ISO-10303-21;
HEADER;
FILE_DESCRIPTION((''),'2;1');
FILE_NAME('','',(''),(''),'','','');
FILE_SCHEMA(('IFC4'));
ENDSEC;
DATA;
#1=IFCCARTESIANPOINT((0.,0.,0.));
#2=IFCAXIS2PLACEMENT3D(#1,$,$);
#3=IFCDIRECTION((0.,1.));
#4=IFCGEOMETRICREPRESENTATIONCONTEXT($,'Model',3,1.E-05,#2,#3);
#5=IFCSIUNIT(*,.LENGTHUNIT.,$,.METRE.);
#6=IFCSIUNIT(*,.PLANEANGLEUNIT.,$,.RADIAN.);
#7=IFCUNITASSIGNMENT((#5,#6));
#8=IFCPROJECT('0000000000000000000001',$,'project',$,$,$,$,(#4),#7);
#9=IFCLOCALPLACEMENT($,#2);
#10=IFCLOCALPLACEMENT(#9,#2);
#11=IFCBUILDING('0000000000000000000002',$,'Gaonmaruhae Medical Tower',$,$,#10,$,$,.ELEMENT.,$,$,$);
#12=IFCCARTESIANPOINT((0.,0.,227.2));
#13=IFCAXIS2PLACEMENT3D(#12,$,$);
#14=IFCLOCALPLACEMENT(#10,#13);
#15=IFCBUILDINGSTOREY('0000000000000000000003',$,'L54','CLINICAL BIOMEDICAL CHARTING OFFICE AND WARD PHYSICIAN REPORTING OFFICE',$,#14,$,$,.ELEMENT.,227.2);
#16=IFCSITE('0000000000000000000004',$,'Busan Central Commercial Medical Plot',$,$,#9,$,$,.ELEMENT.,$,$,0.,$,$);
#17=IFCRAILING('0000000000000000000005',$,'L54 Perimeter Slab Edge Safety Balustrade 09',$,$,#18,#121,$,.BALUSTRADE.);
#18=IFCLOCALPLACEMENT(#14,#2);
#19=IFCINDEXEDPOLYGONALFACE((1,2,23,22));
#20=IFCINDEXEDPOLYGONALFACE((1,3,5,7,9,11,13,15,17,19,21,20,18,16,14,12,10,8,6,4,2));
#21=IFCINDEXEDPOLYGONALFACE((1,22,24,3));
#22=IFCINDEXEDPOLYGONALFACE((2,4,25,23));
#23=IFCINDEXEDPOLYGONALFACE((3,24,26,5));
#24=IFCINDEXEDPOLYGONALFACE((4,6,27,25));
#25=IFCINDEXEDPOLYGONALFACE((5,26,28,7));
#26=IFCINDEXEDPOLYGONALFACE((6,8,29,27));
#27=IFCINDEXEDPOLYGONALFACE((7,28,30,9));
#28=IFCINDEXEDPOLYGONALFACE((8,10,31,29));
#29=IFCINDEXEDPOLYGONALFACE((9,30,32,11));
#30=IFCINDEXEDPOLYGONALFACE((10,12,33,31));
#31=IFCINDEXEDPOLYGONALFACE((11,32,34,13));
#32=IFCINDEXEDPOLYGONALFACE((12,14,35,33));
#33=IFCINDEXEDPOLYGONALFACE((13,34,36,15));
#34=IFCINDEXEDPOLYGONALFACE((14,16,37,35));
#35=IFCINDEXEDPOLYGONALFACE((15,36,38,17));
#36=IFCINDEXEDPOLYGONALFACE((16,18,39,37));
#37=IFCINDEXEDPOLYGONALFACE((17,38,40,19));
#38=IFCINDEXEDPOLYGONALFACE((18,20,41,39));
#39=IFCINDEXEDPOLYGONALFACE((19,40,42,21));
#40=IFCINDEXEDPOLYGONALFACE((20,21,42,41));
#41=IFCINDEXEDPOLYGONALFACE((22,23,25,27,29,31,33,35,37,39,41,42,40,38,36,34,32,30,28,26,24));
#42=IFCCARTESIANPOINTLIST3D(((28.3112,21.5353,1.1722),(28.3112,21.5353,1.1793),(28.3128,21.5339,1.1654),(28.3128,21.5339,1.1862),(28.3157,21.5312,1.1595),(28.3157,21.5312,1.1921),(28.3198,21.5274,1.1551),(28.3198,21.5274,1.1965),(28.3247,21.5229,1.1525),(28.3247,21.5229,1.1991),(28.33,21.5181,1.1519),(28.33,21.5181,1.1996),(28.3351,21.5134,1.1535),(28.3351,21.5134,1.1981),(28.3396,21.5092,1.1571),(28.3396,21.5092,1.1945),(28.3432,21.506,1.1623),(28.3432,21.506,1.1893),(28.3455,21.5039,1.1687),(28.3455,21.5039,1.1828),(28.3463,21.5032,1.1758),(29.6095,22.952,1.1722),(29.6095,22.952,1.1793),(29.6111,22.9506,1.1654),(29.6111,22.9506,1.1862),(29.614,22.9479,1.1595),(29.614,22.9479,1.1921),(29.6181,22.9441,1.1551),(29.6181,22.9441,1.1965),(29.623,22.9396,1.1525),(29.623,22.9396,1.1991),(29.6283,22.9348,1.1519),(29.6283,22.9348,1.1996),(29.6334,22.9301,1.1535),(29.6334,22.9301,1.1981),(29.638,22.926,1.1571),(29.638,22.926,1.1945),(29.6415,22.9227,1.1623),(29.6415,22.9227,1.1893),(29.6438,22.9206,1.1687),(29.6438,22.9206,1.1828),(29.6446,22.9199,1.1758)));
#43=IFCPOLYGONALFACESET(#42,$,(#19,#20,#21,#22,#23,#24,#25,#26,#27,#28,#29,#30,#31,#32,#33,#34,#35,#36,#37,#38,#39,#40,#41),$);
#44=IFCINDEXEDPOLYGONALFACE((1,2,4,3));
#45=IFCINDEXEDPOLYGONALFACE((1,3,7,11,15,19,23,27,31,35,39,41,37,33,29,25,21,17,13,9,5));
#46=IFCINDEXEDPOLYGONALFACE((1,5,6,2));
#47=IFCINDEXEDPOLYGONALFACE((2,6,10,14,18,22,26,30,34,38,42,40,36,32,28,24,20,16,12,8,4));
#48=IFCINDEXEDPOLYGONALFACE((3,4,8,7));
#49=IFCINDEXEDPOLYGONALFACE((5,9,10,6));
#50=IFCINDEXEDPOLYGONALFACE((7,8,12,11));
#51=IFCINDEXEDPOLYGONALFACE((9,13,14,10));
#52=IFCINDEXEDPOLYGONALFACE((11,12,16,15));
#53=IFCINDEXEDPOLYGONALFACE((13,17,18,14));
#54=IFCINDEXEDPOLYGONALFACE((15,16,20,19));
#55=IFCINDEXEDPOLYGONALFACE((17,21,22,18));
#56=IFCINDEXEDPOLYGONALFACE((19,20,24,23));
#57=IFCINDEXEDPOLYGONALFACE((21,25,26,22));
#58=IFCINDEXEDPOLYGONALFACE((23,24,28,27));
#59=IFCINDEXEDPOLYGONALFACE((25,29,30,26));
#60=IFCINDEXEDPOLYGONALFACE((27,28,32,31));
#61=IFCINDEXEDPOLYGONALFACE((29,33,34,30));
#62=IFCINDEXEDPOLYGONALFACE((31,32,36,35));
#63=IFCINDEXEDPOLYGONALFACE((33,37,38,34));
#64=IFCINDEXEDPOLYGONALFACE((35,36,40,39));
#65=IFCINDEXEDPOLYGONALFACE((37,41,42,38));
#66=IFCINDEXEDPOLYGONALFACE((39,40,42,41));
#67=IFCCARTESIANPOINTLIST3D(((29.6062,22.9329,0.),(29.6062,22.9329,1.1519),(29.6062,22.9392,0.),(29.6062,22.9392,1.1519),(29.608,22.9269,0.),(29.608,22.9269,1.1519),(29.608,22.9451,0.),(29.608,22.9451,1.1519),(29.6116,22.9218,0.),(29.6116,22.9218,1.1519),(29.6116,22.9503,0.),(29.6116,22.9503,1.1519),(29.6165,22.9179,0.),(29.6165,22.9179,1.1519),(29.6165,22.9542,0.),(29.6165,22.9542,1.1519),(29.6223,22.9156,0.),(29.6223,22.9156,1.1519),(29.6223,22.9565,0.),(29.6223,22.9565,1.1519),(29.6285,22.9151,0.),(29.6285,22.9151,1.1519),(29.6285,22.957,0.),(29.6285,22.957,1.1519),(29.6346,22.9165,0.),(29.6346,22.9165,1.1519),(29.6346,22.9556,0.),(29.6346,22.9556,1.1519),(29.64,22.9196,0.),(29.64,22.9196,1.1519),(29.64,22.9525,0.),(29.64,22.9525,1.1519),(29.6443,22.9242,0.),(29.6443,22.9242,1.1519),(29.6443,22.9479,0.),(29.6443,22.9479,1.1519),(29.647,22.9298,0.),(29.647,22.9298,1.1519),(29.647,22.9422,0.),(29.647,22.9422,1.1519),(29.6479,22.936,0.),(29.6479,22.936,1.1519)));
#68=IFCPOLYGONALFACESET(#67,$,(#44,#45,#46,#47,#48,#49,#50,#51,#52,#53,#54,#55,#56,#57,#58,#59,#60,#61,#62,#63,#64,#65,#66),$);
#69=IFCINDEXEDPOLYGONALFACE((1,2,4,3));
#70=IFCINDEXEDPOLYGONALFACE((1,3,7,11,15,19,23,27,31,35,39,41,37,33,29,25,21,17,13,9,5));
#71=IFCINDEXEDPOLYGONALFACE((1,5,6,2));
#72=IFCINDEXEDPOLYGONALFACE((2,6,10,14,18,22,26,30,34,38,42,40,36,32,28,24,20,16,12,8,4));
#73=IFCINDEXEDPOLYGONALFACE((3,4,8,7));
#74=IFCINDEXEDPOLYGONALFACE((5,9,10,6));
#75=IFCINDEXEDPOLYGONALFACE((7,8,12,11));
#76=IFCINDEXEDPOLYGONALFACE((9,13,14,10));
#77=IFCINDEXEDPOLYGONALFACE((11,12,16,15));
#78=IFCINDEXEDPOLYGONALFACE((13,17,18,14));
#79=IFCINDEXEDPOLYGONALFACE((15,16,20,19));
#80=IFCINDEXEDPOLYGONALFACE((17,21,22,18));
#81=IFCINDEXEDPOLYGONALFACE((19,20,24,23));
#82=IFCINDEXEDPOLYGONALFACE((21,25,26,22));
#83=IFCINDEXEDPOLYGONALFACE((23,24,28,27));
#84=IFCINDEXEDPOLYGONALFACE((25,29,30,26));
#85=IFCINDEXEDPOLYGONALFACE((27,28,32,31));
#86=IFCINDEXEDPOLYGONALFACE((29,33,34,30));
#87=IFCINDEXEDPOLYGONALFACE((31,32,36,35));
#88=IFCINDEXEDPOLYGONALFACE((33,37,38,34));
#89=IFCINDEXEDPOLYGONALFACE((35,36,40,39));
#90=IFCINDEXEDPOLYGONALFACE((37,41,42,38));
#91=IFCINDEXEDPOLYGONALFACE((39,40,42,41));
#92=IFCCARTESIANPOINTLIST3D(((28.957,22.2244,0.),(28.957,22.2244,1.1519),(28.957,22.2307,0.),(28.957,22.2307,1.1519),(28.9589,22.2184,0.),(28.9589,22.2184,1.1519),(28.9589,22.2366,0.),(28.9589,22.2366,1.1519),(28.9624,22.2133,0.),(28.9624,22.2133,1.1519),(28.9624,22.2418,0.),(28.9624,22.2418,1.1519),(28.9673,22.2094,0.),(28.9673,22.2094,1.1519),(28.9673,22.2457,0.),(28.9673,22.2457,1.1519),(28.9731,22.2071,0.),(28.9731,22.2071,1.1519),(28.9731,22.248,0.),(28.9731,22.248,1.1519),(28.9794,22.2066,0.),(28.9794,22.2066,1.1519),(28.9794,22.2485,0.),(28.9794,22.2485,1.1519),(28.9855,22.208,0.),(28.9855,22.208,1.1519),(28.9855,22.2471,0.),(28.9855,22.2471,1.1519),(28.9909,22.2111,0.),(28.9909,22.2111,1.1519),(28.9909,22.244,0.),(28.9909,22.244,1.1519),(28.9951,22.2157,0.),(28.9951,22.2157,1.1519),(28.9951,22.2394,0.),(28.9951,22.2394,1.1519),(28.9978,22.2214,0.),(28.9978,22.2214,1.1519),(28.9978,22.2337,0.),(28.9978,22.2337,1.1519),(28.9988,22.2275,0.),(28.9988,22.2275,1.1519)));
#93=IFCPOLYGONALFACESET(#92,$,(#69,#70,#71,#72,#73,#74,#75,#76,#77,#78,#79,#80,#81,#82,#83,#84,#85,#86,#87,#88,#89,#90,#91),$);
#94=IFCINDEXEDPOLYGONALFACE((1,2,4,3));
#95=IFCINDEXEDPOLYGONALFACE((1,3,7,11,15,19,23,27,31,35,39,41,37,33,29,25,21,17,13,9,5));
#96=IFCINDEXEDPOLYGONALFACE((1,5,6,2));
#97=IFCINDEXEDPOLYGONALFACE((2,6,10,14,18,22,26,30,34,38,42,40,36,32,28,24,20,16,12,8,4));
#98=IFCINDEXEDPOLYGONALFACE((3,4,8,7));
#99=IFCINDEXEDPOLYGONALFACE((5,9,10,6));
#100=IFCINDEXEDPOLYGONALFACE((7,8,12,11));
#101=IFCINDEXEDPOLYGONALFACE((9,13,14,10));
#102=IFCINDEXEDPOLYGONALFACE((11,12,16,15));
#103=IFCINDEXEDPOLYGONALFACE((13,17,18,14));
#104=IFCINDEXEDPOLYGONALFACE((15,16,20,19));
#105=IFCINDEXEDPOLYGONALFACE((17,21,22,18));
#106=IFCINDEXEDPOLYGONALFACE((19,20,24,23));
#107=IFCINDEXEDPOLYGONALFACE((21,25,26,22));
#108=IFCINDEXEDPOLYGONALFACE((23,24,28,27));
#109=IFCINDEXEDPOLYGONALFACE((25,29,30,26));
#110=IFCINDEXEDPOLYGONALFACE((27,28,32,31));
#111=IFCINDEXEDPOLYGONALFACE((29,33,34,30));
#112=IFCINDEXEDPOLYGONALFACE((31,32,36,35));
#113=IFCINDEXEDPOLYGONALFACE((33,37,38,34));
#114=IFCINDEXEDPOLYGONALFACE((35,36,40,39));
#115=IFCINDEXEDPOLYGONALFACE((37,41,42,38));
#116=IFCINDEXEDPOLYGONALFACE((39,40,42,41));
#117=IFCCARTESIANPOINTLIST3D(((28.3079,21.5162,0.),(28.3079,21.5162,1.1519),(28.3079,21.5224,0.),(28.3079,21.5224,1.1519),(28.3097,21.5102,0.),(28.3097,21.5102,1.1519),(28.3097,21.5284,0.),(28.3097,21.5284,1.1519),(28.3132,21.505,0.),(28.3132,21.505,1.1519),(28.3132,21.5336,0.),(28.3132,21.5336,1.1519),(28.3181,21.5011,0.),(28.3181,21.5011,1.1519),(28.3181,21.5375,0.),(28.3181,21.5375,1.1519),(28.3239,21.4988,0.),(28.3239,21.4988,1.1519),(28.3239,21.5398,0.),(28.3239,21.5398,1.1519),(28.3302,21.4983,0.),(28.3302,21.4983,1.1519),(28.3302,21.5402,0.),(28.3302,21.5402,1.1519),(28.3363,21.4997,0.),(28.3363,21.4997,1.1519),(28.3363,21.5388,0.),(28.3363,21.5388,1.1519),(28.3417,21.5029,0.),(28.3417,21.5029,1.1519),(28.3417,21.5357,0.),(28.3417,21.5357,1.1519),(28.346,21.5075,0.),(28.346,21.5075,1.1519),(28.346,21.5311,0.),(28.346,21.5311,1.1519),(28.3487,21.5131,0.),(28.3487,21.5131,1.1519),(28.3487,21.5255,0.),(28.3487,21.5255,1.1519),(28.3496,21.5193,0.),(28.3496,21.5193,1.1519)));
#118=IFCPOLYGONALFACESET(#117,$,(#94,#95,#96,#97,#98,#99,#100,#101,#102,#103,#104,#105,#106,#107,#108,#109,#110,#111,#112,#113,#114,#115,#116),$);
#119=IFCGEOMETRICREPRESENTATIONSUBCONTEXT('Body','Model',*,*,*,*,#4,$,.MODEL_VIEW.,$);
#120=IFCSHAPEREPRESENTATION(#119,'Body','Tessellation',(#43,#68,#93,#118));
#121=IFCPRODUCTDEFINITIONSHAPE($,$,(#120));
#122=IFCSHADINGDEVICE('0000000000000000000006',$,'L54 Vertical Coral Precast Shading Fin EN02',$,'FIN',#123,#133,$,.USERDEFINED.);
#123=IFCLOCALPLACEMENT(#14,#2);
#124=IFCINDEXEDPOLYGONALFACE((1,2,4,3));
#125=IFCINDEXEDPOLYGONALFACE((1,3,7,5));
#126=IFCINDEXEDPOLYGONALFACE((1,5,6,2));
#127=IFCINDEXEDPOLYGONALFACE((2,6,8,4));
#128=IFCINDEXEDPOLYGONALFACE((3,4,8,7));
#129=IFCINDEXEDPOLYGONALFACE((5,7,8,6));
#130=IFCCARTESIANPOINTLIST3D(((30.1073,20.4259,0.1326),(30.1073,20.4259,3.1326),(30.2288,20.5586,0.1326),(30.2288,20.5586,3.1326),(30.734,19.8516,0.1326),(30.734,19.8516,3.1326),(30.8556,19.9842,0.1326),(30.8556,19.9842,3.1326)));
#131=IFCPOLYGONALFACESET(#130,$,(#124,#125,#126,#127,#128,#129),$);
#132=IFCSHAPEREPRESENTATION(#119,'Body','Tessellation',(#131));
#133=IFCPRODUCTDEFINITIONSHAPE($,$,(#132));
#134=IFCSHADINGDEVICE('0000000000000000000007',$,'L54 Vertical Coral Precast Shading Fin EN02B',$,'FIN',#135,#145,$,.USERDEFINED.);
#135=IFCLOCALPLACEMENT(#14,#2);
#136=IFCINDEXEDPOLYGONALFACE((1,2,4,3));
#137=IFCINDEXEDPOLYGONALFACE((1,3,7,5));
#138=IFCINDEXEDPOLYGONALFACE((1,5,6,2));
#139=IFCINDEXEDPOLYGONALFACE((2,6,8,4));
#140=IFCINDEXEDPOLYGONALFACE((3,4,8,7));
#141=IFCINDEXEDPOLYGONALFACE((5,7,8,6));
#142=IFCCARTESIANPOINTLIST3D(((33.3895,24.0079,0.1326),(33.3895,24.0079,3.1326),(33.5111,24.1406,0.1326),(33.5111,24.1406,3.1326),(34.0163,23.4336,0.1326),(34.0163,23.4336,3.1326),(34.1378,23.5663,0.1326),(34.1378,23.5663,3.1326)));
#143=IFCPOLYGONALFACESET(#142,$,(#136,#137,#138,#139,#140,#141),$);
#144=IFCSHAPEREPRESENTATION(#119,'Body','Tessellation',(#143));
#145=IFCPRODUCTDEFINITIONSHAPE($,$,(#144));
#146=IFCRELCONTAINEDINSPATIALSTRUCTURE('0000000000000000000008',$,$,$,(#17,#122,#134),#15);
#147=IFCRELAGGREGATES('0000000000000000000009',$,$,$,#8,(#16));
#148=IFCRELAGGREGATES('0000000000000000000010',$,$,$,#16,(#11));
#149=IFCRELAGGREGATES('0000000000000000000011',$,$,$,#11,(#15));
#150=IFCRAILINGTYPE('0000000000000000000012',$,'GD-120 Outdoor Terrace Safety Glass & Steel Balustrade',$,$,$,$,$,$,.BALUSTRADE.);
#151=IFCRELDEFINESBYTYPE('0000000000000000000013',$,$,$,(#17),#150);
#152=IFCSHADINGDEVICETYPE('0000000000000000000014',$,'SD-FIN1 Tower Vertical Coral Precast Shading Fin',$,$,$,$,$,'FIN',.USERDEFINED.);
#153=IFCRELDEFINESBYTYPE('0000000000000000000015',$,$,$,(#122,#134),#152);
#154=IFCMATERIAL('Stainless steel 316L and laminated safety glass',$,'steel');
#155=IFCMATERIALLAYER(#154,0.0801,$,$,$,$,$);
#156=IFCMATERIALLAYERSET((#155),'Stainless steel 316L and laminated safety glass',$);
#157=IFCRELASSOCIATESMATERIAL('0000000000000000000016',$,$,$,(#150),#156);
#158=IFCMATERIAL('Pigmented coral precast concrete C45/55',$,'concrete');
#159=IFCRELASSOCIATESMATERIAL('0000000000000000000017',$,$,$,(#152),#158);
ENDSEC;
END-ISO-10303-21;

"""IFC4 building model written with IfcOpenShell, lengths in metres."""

from ifc_helpers import new_model, si_unit, direction, frame, origin, origin_2d, place, context, subcontext, project, spatial, rectangle, circle, extrude, material, layer, layer_set, type_object, element, save


model = new_model("IFC4")

# Units and contexts
model_context = context("Model", 3, precision=1e-05, world=origin(), true_north=direction((0.0, 1.0)))
body_context = subcontext(model_context, "Body", "Model", "MODEL_VIEW")
ifc_project = project(units=[si_unit("LENGTHUNIT", "METRE"), si_unit("PLANEANGLEUNIT", "RADIAN")], contexts=[model_context])

# Site, building, storey
site_placement = place(None, origin())
site = spatial("IfcSite", under=ifc_project, at=site_placement, Name="Busan Central Commercial Medical Plot", CompositionType="ELEMENT", RefElevation=0.0)
building_placement = place(site_placement, origin())
building = spatial("IfcBuilding", under=site, at=building_placement, Name="Gaonmaruhae Medical Tower", CompositionType="ELEMENT")
storey_placement = place(building_placement, frame((0.0, 0.0, 227.2)))
storey = spatial("IfcBuildingStorey", under=building, at=storey_placement, Name="L54", Description="CLINICAL BIOMEDICAL CHARTING OFFICE AND WARD PHYSICIAN REPORTING OFFICE", CompositionType="ELEMENT", Elevation=227.2)

# Railing
ifc_material_1 = material(Name="Stainless steel 316L and laminated safety glass", Category="steel")
ifc_layer_1 = layer(ifc_material_1, 0.0801)
ifc_layer_set_1 = layer_set([ifc_layer_1], Name="Stainless steel 316L and laminated safety glass")
railing_type = type_object("IfcRailingType", Name="GD-120 Outdoor Terrace Safety Glass & Steel Balustrade", PredefinedType="BALUSTRADE", material=ifc_layer_set_1)
railing_placement = place(storey_placement, frame((29.627, 22.936, 0.0)))
element("IfcRailing", 1, at=railing_placement, inside=storey, type_object=railing_type, Name="L54 Perimeter Slab Edge Safety Balustrade 09", PredefinedType="BALUSTRADE", context=body_context, shape_type="SweptSolid", body=[
    extrude(circle(Radius=0.0239, at=origin_2d()), frame((0.0, 0.0, 1.1758), z_axis=(-0.675627, -0.737244, 0.0), x_axis=(0.737244, -0.675627, 0.0)), (0.0, 0.0, 1.0), 1.9216),
    extrude(circle(Radius=0.021, at=origin_2d()), origin(), (0.0, 0.0, 1.0), 1.1519),
    extrude(circle(Radius=0.021, at=origin_2d()), frame((-0.6492, -0.7085, 0.0)), (0.0, 0.0, 1.0), 1.1519),
    extrude(circle(Radius=0.021, at=origin_2d()), frame((-1.2983, -1.4167, 0.0)), (0.0, 0.0, 1.0), 1.1519),
])

# Shading devices
ifc_material_2 = material(Name="Pigmented coral precast concrete C45/55", Category="concrete")
shading_device_type = type_object("IfcShadingDeviceType", Name="SD-FIN1 Tower Vertical Coral Precast Shading Fin", ElementType="FIN", PredefinedType="USERDEFINED", material=ifc_material_2)
for number, where, z_axis, x_axis, name in (
    (2, (30.4814, 20.2051, 0.1326), (0.0, 0.0, 1.0), (0.67559, 0.737277, 0.0), "L54 Vertical Coral Precast Shading Fin EN02"),
    (3, (33.7637, 23.7871, 0.1326), (0.0, 0.0, 1.0), (0.67559, 0.737277, 0.0), "L54 Vertical Coral Precast Shading Fin EN02B"),
):
    element("IfcShadingDevice", number, at=place(storey_placement, frame(where, z_axis=z_axis, x_axis=x_axis)), inside=storey, type_object=shading_device_type, Name=name, ObjectType="FIN", PredefinedType="USERDEFINED", context=body_context, shape_type="SweptSolid", body=[
        extrude(rectangle(XDim=0.1799, YDim=0.8501, at=origin_2d()), origin(), (0.0, 0.0, 1.0), 3.0),
    ])

save(model, "model.ifc")
